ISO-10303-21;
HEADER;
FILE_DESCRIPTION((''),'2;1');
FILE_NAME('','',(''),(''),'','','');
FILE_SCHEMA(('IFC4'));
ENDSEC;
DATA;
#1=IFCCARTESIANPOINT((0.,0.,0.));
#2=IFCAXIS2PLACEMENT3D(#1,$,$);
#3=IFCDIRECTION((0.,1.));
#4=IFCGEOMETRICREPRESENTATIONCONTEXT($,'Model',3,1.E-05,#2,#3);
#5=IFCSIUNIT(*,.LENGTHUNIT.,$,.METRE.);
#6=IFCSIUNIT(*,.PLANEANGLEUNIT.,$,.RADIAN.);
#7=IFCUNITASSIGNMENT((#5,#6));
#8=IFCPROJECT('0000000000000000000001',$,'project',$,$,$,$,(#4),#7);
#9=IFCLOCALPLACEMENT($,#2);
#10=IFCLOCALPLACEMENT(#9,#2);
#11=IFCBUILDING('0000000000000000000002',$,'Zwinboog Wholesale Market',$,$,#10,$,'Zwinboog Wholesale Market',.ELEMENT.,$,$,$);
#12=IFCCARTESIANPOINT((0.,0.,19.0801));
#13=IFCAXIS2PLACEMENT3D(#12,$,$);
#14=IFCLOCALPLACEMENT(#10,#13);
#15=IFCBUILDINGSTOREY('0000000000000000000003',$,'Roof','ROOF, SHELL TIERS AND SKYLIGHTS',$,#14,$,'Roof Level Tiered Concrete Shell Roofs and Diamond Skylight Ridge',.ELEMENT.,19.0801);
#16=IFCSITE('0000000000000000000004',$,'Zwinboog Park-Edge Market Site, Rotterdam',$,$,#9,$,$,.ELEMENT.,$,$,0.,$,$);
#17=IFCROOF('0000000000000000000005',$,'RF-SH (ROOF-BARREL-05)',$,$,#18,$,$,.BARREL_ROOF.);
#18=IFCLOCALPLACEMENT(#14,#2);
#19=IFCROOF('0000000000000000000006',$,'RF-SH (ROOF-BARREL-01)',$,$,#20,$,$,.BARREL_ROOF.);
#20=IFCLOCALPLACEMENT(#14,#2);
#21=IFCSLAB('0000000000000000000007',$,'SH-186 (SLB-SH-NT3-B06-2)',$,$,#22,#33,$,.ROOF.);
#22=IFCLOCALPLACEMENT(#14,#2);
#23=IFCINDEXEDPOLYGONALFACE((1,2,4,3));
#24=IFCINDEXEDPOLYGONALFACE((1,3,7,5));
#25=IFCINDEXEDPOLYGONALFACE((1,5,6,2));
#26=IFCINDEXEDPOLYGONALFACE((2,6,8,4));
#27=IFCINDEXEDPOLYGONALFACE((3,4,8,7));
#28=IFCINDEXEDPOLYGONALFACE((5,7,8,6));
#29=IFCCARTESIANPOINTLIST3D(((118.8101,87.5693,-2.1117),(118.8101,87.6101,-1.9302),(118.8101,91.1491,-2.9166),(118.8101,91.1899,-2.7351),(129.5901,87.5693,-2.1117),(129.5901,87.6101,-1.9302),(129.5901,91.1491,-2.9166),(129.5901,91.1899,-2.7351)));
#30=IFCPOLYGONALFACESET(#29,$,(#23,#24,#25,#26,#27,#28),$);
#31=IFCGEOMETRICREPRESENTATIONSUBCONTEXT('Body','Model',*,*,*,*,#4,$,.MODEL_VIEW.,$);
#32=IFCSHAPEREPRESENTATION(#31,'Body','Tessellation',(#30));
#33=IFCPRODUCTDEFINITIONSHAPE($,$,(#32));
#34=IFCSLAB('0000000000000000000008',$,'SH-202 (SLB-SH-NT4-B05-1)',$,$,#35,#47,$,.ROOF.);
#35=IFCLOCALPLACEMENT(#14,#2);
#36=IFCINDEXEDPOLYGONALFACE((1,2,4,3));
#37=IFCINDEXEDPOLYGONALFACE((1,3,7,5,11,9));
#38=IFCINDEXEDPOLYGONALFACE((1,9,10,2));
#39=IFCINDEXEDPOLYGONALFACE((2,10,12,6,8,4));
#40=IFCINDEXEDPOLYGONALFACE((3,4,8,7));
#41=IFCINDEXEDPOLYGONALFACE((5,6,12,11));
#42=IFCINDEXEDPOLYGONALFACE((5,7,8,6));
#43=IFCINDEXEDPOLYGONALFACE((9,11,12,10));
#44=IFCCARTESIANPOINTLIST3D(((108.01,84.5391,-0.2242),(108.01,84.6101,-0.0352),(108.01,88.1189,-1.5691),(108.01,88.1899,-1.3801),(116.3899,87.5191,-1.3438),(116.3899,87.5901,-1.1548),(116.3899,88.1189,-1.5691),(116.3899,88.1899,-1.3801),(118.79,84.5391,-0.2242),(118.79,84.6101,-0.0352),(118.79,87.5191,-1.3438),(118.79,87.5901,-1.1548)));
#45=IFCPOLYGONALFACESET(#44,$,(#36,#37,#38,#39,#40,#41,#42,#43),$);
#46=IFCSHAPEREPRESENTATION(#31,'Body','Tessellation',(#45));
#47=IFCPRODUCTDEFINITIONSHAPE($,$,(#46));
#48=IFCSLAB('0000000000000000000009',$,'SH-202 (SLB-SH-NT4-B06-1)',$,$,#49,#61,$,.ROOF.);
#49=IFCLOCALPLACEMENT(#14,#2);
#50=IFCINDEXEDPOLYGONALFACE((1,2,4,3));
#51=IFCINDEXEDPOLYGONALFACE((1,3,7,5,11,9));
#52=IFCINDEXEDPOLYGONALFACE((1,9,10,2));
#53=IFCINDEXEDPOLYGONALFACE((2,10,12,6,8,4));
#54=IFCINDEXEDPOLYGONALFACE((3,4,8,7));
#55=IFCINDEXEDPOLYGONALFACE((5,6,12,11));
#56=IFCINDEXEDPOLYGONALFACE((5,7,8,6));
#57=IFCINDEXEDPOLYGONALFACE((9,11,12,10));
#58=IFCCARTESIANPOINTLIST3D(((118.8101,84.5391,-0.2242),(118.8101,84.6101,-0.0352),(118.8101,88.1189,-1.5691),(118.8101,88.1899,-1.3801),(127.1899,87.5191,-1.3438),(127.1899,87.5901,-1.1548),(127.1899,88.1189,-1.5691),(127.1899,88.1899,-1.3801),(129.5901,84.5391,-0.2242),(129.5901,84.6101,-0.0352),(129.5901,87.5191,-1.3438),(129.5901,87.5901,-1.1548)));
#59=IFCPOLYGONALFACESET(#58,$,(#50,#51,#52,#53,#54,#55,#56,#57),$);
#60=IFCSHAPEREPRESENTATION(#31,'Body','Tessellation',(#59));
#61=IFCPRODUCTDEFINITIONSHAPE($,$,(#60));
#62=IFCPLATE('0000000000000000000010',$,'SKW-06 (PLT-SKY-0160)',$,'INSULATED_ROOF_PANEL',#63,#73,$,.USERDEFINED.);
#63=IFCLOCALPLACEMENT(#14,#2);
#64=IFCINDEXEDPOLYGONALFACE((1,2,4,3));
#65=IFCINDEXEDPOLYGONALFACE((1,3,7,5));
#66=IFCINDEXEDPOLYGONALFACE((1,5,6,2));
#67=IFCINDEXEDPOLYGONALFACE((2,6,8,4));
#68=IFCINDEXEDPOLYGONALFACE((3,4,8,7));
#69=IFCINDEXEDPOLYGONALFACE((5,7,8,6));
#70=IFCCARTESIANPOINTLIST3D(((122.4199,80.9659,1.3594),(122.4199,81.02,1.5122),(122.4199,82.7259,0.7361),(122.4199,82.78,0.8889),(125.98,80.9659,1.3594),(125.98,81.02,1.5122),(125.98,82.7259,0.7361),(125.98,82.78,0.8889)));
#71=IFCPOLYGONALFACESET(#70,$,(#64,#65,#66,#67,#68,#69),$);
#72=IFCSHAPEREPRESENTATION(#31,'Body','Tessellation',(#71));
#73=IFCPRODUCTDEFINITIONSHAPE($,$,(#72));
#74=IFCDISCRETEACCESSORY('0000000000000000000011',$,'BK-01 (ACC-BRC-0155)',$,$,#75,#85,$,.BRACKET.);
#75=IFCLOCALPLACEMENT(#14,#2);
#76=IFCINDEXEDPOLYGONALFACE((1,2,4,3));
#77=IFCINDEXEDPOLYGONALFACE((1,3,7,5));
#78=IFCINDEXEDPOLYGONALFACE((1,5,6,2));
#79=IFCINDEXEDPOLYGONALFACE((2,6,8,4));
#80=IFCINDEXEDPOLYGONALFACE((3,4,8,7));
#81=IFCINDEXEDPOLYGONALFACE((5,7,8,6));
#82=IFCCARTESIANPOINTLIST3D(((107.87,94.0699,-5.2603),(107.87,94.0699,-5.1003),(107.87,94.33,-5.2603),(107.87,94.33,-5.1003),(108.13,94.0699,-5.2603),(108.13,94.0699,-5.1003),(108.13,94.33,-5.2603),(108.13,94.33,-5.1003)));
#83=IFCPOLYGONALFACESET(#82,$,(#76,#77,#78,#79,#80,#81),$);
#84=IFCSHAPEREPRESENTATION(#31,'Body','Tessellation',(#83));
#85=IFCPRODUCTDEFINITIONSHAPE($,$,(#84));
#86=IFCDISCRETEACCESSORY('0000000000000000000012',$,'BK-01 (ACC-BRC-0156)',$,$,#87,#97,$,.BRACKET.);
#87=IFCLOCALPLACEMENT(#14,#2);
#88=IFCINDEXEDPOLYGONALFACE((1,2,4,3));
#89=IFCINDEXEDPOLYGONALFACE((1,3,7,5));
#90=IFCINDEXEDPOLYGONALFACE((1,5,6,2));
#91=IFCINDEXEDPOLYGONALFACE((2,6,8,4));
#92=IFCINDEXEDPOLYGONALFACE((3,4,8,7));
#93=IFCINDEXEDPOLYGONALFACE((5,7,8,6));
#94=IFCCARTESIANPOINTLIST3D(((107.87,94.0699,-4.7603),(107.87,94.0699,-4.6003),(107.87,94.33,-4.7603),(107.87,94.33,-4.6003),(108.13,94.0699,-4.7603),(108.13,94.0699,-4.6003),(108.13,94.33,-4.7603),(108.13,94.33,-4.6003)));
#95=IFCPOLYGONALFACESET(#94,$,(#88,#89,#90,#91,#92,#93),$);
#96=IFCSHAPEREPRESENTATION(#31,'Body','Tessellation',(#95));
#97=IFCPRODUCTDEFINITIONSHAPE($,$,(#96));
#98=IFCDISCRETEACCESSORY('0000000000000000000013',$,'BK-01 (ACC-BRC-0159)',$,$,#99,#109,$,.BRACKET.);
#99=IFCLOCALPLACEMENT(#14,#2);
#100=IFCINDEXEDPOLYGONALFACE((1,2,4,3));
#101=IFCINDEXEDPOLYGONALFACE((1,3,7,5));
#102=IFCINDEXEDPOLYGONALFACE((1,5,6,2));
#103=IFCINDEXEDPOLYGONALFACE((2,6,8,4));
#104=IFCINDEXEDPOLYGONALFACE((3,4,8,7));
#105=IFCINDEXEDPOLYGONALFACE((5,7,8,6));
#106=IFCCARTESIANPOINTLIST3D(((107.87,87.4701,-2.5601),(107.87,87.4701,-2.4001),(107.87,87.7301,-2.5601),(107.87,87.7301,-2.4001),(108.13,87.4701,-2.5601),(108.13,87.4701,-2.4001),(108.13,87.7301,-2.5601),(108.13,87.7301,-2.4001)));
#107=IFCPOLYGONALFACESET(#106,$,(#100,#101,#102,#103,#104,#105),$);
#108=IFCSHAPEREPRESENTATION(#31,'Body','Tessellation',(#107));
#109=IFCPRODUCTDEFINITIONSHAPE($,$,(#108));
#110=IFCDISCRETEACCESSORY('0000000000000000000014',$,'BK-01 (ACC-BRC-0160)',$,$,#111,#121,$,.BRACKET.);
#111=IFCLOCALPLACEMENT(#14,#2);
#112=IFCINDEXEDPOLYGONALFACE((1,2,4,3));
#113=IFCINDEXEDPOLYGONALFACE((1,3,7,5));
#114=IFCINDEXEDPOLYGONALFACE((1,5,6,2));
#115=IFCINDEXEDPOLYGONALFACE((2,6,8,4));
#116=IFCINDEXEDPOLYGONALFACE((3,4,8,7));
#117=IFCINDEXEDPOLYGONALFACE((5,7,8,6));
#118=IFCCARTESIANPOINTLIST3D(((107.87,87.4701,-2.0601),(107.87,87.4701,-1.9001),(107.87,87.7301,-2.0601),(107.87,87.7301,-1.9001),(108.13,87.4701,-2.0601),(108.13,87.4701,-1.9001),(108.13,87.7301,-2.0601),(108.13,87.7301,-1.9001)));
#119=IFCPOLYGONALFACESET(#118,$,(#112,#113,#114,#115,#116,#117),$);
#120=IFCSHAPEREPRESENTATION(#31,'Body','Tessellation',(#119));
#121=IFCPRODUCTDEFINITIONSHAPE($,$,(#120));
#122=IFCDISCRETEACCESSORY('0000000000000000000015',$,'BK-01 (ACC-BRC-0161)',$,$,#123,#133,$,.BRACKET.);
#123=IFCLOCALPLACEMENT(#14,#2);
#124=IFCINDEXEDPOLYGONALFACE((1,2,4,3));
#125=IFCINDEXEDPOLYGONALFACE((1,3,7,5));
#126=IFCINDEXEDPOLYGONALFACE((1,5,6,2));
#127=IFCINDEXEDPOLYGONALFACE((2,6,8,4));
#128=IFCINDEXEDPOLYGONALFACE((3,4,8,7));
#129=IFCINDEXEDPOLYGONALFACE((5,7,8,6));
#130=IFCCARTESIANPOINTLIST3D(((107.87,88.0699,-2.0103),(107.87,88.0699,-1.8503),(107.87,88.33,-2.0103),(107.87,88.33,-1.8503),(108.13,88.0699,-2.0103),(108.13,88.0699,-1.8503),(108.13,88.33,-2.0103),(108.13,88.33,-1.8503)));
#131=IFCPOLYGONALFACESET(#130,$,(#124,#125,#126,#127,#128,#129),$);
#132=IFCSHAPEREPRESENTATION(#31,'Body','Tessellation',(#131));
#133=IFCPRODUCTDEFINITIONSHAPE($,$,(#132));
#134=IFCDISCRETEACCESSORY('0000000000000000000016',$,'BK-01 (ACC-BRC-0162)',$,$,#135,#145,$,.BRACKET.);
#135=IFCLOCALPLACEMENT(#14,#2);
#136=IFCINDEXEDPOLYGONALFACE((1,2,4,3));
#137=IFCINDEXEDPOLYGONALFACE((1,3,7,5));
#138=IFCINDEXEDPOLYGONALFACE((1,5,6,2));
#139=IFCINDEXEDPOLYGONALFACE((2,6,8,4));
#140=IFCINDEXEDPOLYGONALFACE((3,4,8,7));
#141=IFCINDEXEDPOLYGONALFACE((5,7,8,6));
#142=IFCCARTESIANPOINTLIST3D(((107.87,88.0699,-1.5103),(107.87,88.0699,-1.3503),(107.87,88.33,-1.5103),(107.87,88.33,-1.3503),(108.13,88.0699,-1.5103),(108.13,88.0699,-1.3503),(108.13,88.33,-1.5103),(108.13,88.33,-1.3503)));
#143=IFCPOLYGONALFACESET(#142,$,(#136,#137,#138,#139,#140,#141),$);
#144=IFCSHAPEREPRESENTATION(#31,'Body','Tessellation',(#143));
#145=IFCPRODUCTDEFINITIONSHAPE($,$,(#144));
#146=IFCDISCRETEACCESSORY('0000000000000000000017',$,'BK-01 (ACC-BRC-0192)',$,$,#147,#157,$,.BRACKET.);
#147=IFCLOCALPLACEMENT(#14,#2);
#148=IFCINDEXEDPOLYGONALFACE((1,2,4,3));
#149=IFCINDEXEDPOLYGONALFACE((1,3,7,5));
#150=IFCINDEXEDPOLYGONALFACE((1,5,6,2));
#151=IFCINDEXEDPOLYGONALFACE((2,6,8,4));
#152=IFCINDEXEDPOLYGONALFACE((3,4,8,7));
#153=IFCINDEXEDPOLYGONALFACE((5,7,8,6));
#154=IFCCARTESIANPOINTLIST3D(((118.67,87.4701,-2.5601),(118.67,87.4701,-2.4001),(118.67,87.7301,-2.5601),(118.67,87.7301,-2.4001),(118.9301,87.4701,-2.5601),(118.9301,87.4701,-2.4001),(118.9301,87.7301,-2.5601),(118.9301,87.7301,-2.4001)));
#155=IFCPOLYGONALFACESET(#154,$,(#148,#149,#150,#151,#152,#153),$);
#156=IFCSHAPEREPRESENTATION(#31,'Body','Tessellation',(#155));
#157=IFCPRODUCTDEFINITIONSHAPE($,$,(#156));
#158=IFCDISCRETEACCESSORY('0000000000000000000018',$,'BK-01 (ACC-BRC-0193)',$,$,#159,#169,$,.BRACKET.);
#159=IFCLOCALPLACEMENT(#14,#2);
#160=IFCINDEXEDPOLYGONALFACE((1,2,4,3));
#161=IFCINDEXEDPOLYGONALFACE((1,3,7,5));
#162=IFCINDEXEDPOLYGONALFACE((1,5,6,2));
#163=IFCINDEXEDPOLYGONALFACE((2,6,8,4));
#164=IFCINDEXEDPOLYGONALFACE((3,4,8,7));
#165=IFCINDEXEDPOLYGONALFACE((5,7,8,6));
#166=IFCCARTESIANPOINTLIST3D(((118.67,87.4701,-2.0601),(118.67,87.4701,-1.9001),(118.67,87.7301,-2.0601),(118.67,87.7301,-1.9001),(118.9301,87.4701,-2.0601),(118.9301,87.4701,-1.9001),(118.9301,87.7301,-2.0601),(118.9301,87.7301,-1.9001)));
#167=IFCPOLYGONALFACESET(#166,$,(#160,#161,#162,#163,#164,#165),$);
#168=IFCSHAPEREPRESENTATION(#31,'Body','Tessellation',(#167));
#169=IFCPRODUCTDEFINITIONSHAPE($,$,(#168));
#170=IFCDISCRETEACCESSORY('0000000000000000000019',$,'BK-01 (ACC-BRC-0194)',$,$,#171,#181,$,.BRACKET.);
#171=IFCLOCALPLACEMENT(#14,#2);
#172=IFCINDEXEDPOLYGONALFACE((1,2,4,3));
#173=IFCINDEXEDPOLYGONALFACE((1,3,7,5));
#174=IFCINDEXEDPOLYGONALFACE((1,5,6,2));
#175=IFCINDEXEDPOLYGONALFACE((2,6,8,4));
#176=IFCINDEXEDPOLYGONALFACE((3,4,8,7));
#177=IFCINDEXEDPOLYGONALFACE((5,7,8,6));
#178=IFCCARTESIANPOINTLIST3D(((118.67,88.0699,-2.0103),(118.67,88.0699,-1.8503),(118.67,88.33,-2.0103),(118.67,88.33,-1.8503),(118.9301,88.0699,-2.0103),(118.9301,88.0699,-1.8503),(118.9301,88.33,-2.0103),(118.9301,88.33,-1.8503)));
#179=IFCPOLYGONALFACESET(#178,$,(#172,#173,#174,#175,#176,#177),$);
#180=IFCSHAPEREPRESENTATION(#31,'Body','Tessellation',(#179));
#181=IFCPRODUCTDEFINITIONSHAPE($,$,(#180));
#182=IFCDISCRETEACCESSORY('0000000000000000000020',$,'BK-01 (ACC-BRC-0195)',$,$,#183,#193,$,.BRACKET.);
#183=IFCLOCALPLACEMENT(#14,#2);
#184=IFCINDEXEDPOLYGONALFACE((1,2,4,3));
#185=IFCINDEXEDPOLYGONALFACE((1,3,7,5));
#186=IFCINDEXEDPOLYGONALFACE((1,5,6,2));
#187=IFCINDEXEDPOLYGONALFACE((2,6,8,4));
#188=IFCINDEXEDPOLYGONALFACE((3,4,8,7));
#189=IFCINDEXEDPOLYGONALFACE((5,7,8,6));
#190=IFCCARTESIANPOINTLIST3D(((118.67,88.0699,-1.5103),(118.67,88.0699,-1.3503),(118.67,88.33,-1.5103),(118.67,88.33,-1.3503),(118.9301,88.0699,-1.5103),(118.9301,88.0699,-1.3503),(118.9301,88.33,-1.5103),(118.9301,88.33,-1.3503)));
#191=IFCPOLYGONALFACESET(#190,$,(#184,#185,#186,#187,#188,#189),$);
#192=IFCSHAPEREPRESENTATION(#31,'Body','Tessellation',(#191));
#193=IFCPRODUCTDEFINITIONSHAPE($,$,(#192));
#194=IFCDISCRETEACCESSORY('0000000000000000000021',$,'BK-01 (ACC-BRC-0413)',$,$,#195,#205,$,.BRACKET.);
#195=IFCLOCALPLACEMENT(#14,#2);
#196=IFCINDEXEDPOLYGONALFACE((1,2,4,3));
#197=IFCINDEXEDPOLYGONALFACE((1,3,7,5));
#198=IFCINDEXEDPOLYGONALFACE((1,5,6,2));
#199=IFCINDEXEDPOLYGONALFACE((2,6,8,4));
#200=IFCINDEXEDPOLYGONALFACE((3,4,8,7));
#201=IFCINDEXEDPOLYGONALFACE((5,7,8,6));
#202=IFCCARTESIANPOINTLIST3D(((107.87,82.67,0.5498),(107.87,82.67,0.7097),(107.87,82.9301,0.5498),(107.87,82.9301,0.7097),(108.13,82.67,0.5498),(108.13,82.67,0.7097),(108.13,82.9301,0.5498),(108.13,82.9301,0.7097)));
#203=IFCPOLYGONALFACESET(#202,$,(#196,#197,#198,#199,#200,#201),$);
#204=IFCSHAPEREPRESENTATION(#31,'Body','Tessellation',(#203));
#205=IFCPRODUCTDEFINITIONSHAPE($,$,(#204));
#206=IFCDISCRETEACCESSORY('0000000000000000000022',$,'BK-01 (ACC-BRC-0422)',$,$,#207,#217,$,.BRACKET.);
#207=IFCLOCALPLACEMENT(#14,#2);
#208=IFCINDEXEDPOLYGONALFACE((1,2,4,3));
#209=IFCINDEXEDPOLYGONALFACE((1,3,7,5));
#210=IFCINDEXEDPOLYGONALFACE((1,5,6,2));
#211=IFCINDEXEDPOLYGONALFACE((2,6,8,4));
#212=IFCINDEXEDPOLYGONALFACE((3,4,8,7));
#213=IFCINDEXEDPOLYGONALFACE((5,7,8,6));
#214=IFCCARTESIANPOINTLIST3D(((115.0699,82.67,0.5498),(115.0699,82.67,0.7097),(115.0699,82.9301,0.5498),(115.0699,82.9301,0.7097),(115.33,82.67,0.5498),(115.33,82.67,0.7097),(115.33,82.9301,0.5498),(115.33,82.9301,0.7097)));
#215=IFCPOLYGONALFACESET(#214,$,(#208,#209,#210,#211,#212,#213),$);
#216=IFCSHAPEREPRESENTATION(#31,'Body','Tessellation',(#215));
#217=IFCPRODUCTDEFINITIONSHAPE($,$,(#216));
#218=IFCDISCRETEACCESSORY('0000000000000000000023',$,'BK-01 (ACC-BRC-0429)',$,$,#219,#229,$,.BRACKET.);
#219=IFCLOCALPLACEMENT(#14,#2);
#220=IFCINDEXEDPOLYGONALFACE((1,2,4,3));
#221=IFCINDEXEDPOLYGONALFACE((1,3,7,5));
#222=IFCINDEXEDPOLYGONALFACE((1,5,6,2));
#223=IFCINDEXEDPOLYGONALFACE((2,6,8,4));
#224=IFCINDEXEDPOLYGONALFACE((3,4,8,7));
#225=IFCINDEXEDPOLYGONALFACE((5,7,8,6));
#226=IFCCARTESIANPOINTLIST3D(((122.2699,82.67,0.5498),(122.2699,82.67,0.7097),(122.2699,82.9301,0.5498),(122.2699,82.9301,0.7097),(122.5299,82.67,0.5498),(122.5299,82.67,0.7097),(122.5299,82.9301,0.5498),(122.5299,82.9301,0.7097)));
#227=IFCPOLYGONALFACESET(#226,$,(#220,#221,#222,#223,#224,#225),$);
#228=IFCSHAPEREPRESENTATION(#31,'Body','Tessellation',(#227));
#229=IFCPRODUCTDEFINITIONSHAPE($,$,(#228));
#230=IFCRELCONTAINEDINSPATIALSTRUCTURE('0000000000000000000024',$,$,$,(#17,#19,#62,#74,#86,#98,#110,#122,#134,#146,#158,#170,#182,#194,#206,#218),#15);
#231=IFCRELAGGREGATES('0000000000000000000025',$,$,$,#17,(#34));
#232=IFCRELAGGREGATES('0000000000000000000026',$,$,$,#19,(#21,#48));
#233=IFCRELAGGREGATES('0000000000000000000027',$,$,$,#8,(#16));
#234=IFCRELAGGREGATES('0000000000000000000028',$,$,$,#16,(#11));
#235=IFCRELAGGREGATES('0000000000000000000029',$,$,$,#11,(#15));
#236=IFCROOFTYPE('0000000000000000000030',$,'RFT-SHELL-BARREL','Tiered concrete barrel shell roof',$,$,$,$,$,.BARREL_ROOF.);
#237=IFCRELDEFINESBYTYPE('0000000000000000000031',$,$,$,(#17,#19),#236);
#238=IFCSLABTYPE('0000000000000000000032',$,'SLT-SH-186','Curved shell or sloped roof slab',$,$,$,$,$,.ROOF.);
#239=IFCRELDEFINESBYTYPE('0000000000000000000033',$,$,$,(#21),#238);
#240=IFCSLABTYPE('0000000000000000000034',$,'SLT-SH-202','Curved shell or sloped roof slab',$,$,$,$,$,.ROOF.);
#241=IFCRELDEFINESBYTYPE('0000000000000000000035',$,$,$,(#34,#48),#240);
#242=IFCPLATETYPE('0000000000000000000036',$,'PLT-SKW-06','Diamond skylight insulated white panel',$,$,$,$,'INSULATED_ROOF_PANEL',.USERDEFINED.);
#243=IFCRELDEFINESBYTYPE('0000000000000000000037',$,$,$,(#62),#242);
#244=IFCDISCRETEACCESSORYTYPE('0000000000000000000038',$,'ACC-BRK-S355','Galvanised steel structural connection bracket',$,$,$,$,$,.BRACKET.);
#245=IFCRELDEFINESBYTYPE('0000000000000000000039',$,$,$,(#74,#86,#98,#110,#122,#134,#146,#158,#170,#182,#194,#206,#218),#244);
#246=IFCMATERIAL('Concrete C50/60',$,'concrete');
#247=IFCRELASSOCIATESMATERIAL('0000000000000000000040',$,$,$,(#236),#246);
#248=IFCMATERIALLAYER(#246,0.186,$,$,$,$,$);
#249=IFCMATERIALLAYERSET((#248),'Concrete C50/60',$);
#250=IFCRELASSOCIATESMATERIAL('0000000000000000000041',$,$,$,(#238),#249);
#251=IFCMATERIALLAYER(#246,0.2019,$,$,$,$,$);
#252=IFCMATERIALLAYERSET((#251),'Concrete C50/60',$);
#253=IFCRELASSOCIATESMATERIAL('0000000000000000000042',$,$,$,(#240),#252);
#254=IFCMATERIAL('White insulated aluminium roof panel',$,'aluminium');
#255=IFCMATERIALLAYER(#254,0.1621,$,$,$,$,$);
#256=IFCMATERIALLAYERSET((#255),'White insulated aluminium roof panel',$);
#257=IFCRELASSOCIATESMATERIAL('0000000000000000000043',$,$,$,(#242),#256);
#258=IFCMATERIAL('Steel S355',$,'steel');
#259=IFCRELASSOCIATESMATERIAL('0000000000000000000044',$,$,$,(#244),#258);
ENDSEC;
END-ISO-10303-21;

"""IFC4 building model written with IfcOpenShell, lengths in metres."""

from ifc_helpers import new_model, si_unit, direction, frame, origin, origin_2d, place, context, subcontext, project, spatial, polyline, rectangle, outline, extrude, material, layer, layer_set, type_object, element, aggregate, save


model = new_model("IFC4")

# Units and contexts
model_context = context("Model", 3, precision=1e-05, world=origin(), true_north=direction((0.0, 1.0)))
body_context = subcontext(model_context, "Body", "Model", "MODEL_VIEW")
ifc_project = project(units=[si_unit("LENGTHUNIT", "METRE"), si_unit("PLANEANGLEUNIT", "RADIAN")], contexts=[model_context])

# Site, building, storey
site_placement = place(None, origin())
site = spatial("IfcSite", under=ifc_project, at=site_placement, Name="Zwinboog Park-Edge Market Site, Rotterdam", CompositionType="ELEMENT", RefElevation=0.0)
building_placement = place(site_placement, origin())
building = spatial("IfcBuilding", under=site, at=building_placement, Name="Zwinboog Wholesale Market", LongName="Zwinboog Wholesale Market", CompositionType="ELEMENT")
storey_placement = place(building_placement, frame((0.0, 0.0, 19.0801)))
storey = spatial("IfcBuildingStorey", under=building, at=storey_placement, Name="Roof", Description="ROOF, SHELL TIERS AND SKYLIGHTS", LongName="Roof Level Tiered Concrete Shell Roofs and Diamond Skylight Ridge", CompositionType="ELEMENT", Elevation=19.0801)

# Shared definitions
ifc_material_1 = material(Name="Steel S355", Category="steel")

# Roofs, slab
ifc_material_2 = material(Name="Concrete C50/60", Category="concrete")
roof_type = type_object("IfcRoofType", Name="RFT-SHELL-BARREL", Description="Tiered concrete barrel shell roof", PredefinedType="BARREL_ROOF", material=ifc_material_2)
roof_1_placement = place(storey_placement, origin())
roof_1 = element("IfcRoof", 1, at=roof_1_placement, inside=storey, type_object=roof_type, Name="RF-SH (ROOF-BARREL-05)", PredefinedType="BARREL_ROOF")
ifc_layer_1 = layer(ifc_material_2, 0.186)
ifc_layer_set_1 = layer_set([ifc_layer_1], Name="Concrete C50/60")
slab_type_1 = type_object("IfcSlabType", Name="SLT-SH-186", Description="Curved shell or sloped roof slab", PredefinedType="ROOF", material=ifc_layer_set_1)
roof_2_placement = place(storey_placement, origin())
roof_2 = element("IfcRoof", 2, at=roof_2_placement, inside=storey, type_object=roof_type, Name="RF-SH (ROOF-BARREL-01)", PredefinedType="BARREL_ROOF")
slab_1_placement = place(storey_placement, frame((118.8101, 87.6101, -1.9302), z_axis=(0.0, 0.219374, 0.975641), x_axis=(1.0, 0.0, 0.0)))
slab_1 = element("IfcSlab", 3, at=slab_1_placement, type_object=slab_type_1, Name="SH-186 (SLB-SH-NT3-B06-2)", PredefinedType="ROOF", context=body_context, shape_type="SweptSolid", body=[
    extrude(outline(polyline([(0.0, 0.0), (10.78, 0.0), (10.78, 3.6692), (0.0, 3.6692), (0.0, 0.0)])), origin(), (0.0, 0.0, -1.0), 0.186),
])

# Slabs
ifc_layer_2 = layer(ifc_material_2, 0.2019)
ifc_layer_set_2 = layer_set([ifc_layer_2], Name="Concrete C50/60")
slab_type_2 = type_object("IfcSlabType", Name="SLT-SH-202", Description="Curved shell or sloped roof slab", PredefinedType="ROOF", material=ifc_layer_set_2)
slab_2_placement = place(storey_placement, frame((108.01, 84.6101, -0.0352), z_axis=(0.000001, 0.351706, 0.936111), x_axis=(1.0, 0.0, -0.000001)))
slab_2 = element("IfcSlab", 4, at=slab_2_placement, type_object=slab_type_2, Name="SH-202 (SLB-SH-NT4-B05-1)", PredefinedType="ROOF", context=body_context, shape_type="SweptSolid", body=[
    extrude(outline(polyline([(0.0, 0.0), (10.78, 0.0), (10.78, 3.1834), (8.3799, 3.1834), (8.3799, 3.8242), (0.0, 3.8242), (0.0, 0.0)])), origin(), (0.0, 0.0, -1.0), 0.2019),
])
aggregate(roof_1, [slab_2])
slab_3_placement = place(storey_placement, frame((118.8101, 84.6101, -0.0352), z_axis=(0.000001, 0.351706, 0.936111), x_axis=(1.0, 0.0, -0.000001)))
slab_3 = element("IfcSlab", 5, at=slab_3_placement, type_object=slab_type_2, Name="SH-202 (SLB-SH-NT4-B06-1)", PredefinedType="ROOF", context=body_context, shape_type="SweptSolid", body=[
    extrude(outline(polyline([(0.0, 0.0), (10.78, 0.0), (10.78, 3.1834), (8.3799, 3.1834), (8.3799, 3.8242), (0.0, 3.8242), (0.0, 0.0)])), origin(), (0.0, 0.0, -1.0), 0.2019),
])
aggregate(roof_2, [slab_1, slab_3])

# Plate
ifc_material_3 = material(Name="White insulated aluminium roof panel", Category="aluminium")
ifc_layer_3 = layer(ifc_material_3, 0.1621)
ifc_layer_set_3 = layer_set([ifc_layer_3], Name="White insulated aluminium roof panel")
plate_type = type_object("IfcPlateType", Name="PLT-SKW-06", Description="Diamond skylight insulated white panel", ElementType="INSULATED_ROOF_PANEL", PredefinedType="USERDEFINED", material=ifc_layer_set_3)
plate_placement = place(storey_placement, frame((122.4199, 81.02, 1.5122), z_axis=(0.0, 0.333825, 0.942635), x_axis=(1.0, 0.0, 0.0)))
element("IfcPlate", 6, at=plate_placement, inside=storey, type_object=plate_type, Name="SKW-06 (PLT-SKY-0160)", ObjectType="INSULATED_ROOF_PANEL", PredefinedType="USERDEFINED", context=body_context, shape_type="SweptSolid", body=[
    extrude(outline(polyline([(0.0, 0.0), (3.5601, 0.0), (3.5601, 1.8671), (0.0, 1.8671), (0.0, 0.0)])), origin(), (0.0, 0.0, -1.0), 0.1621),
])

# Discrete accessories
discrete_accessory_type = type_object("IfcDiscreteAccessoryType", Name="ACC-BRK-S355", Description="Galvanised steel structural connection bracket", PredefinedType="BRACKET", material=ifc_material_1)
for number, where, z_axis, x_axis, name in (
    (7, (108.0, 94.2, -5.2603), (0.0, 0.0, 1.0), (1.0, 0.0, 0.0), "BK-01 (ACC-BRC-0155)"),
    (8, (108.0, 94.2, -4.7603), (0.0, 0.0, 1.0), (1.0, 0.0, 0.0), "BK-01 (ACC-BRC-0156)"),
    (9, (108.0, 87.6001, -2.5601), (0.0, 0.0, 1.0), (1.0, 0.0, 0.0), "BK-01 (ACC-BRC-0159)"),
    (10, (108.0, 87.6001, -2.0601), (0.0, 0.0, 1.0), (1.0, 0.0, 0.0), "BK-01 (ACC-BRC-0160)"),
    (11, (108.0, 88.2, -2.0103), (0.0, 0.0, 1.0), (1.0, 0.0, 0.0), "BK-01 (ACC-BRC-0161)"),
    (12, (108.0, 88.2, -1.5103), (0.0, 0.0, 1.0), (1.0, 0.0, 0.0), "BK-01 (ACC-BRC-0162)"),
    (13, (118.8, 87.6001, -2.5601), (0.0, 0.0, 1.0), (1.0, 0.0, 0.0), "BK-01 (ACC-BRC-0192)"),
    (14, (118.8, 87.6001, -2.0601), (0.0, 0.0, 1.0), (1.0, 0.0, 0.0), "BK-01 (ACC-BRC-0193)"),
    (15, (118.8, 88.2, -2.0103), (0.0, 0.0, 1.0), (1.0, 0.0, 0.0), "BK-01 (ACC-BRC-0194)"),
    (16, (118.8, 88.2, -1.5103), (0.0, 0.0, 1.0), (1.0, 0.0, 0.0), "BK-01 (ACC-BRC-0195)"),
    (17, (108.0, 82.8, 0.5498), (0.0, 0.0, 1.0), (1.0, 0.0, 0.0), "BK-01 (ACC-BRC-0413)"),
    (18, (115.2, 82.8, 0.5498), (0.0, 0.0, 1.0), (1.0, 0.0, 0.0), "BK-01 (ACC-BRC-0422)"),
    (19, (122.3999, 82.8, 0.5498), (0.0, 0.0, 1.0), (1.0, 0.0, 0.0), "BK-01 (ACC-BRC-0429)"),
):
    element("IfcDiscreteAccessory", number, at=place(storey_placement, frame(where, z_axis=z_axis, x_axis=x_axis)), inside=storey, type_object=discrete_accessory_type, Name=name, PredefinedType="BRACKET", context=body_context, shape_type="SweptSolid", body=[
        extrude(rectangle(XDim=0.26, YDim=0.26, at=origin_2d()), origin(), (0.0, 0.0, 1.0), 0.1599),
    ])

save(model, "model.ifc")
